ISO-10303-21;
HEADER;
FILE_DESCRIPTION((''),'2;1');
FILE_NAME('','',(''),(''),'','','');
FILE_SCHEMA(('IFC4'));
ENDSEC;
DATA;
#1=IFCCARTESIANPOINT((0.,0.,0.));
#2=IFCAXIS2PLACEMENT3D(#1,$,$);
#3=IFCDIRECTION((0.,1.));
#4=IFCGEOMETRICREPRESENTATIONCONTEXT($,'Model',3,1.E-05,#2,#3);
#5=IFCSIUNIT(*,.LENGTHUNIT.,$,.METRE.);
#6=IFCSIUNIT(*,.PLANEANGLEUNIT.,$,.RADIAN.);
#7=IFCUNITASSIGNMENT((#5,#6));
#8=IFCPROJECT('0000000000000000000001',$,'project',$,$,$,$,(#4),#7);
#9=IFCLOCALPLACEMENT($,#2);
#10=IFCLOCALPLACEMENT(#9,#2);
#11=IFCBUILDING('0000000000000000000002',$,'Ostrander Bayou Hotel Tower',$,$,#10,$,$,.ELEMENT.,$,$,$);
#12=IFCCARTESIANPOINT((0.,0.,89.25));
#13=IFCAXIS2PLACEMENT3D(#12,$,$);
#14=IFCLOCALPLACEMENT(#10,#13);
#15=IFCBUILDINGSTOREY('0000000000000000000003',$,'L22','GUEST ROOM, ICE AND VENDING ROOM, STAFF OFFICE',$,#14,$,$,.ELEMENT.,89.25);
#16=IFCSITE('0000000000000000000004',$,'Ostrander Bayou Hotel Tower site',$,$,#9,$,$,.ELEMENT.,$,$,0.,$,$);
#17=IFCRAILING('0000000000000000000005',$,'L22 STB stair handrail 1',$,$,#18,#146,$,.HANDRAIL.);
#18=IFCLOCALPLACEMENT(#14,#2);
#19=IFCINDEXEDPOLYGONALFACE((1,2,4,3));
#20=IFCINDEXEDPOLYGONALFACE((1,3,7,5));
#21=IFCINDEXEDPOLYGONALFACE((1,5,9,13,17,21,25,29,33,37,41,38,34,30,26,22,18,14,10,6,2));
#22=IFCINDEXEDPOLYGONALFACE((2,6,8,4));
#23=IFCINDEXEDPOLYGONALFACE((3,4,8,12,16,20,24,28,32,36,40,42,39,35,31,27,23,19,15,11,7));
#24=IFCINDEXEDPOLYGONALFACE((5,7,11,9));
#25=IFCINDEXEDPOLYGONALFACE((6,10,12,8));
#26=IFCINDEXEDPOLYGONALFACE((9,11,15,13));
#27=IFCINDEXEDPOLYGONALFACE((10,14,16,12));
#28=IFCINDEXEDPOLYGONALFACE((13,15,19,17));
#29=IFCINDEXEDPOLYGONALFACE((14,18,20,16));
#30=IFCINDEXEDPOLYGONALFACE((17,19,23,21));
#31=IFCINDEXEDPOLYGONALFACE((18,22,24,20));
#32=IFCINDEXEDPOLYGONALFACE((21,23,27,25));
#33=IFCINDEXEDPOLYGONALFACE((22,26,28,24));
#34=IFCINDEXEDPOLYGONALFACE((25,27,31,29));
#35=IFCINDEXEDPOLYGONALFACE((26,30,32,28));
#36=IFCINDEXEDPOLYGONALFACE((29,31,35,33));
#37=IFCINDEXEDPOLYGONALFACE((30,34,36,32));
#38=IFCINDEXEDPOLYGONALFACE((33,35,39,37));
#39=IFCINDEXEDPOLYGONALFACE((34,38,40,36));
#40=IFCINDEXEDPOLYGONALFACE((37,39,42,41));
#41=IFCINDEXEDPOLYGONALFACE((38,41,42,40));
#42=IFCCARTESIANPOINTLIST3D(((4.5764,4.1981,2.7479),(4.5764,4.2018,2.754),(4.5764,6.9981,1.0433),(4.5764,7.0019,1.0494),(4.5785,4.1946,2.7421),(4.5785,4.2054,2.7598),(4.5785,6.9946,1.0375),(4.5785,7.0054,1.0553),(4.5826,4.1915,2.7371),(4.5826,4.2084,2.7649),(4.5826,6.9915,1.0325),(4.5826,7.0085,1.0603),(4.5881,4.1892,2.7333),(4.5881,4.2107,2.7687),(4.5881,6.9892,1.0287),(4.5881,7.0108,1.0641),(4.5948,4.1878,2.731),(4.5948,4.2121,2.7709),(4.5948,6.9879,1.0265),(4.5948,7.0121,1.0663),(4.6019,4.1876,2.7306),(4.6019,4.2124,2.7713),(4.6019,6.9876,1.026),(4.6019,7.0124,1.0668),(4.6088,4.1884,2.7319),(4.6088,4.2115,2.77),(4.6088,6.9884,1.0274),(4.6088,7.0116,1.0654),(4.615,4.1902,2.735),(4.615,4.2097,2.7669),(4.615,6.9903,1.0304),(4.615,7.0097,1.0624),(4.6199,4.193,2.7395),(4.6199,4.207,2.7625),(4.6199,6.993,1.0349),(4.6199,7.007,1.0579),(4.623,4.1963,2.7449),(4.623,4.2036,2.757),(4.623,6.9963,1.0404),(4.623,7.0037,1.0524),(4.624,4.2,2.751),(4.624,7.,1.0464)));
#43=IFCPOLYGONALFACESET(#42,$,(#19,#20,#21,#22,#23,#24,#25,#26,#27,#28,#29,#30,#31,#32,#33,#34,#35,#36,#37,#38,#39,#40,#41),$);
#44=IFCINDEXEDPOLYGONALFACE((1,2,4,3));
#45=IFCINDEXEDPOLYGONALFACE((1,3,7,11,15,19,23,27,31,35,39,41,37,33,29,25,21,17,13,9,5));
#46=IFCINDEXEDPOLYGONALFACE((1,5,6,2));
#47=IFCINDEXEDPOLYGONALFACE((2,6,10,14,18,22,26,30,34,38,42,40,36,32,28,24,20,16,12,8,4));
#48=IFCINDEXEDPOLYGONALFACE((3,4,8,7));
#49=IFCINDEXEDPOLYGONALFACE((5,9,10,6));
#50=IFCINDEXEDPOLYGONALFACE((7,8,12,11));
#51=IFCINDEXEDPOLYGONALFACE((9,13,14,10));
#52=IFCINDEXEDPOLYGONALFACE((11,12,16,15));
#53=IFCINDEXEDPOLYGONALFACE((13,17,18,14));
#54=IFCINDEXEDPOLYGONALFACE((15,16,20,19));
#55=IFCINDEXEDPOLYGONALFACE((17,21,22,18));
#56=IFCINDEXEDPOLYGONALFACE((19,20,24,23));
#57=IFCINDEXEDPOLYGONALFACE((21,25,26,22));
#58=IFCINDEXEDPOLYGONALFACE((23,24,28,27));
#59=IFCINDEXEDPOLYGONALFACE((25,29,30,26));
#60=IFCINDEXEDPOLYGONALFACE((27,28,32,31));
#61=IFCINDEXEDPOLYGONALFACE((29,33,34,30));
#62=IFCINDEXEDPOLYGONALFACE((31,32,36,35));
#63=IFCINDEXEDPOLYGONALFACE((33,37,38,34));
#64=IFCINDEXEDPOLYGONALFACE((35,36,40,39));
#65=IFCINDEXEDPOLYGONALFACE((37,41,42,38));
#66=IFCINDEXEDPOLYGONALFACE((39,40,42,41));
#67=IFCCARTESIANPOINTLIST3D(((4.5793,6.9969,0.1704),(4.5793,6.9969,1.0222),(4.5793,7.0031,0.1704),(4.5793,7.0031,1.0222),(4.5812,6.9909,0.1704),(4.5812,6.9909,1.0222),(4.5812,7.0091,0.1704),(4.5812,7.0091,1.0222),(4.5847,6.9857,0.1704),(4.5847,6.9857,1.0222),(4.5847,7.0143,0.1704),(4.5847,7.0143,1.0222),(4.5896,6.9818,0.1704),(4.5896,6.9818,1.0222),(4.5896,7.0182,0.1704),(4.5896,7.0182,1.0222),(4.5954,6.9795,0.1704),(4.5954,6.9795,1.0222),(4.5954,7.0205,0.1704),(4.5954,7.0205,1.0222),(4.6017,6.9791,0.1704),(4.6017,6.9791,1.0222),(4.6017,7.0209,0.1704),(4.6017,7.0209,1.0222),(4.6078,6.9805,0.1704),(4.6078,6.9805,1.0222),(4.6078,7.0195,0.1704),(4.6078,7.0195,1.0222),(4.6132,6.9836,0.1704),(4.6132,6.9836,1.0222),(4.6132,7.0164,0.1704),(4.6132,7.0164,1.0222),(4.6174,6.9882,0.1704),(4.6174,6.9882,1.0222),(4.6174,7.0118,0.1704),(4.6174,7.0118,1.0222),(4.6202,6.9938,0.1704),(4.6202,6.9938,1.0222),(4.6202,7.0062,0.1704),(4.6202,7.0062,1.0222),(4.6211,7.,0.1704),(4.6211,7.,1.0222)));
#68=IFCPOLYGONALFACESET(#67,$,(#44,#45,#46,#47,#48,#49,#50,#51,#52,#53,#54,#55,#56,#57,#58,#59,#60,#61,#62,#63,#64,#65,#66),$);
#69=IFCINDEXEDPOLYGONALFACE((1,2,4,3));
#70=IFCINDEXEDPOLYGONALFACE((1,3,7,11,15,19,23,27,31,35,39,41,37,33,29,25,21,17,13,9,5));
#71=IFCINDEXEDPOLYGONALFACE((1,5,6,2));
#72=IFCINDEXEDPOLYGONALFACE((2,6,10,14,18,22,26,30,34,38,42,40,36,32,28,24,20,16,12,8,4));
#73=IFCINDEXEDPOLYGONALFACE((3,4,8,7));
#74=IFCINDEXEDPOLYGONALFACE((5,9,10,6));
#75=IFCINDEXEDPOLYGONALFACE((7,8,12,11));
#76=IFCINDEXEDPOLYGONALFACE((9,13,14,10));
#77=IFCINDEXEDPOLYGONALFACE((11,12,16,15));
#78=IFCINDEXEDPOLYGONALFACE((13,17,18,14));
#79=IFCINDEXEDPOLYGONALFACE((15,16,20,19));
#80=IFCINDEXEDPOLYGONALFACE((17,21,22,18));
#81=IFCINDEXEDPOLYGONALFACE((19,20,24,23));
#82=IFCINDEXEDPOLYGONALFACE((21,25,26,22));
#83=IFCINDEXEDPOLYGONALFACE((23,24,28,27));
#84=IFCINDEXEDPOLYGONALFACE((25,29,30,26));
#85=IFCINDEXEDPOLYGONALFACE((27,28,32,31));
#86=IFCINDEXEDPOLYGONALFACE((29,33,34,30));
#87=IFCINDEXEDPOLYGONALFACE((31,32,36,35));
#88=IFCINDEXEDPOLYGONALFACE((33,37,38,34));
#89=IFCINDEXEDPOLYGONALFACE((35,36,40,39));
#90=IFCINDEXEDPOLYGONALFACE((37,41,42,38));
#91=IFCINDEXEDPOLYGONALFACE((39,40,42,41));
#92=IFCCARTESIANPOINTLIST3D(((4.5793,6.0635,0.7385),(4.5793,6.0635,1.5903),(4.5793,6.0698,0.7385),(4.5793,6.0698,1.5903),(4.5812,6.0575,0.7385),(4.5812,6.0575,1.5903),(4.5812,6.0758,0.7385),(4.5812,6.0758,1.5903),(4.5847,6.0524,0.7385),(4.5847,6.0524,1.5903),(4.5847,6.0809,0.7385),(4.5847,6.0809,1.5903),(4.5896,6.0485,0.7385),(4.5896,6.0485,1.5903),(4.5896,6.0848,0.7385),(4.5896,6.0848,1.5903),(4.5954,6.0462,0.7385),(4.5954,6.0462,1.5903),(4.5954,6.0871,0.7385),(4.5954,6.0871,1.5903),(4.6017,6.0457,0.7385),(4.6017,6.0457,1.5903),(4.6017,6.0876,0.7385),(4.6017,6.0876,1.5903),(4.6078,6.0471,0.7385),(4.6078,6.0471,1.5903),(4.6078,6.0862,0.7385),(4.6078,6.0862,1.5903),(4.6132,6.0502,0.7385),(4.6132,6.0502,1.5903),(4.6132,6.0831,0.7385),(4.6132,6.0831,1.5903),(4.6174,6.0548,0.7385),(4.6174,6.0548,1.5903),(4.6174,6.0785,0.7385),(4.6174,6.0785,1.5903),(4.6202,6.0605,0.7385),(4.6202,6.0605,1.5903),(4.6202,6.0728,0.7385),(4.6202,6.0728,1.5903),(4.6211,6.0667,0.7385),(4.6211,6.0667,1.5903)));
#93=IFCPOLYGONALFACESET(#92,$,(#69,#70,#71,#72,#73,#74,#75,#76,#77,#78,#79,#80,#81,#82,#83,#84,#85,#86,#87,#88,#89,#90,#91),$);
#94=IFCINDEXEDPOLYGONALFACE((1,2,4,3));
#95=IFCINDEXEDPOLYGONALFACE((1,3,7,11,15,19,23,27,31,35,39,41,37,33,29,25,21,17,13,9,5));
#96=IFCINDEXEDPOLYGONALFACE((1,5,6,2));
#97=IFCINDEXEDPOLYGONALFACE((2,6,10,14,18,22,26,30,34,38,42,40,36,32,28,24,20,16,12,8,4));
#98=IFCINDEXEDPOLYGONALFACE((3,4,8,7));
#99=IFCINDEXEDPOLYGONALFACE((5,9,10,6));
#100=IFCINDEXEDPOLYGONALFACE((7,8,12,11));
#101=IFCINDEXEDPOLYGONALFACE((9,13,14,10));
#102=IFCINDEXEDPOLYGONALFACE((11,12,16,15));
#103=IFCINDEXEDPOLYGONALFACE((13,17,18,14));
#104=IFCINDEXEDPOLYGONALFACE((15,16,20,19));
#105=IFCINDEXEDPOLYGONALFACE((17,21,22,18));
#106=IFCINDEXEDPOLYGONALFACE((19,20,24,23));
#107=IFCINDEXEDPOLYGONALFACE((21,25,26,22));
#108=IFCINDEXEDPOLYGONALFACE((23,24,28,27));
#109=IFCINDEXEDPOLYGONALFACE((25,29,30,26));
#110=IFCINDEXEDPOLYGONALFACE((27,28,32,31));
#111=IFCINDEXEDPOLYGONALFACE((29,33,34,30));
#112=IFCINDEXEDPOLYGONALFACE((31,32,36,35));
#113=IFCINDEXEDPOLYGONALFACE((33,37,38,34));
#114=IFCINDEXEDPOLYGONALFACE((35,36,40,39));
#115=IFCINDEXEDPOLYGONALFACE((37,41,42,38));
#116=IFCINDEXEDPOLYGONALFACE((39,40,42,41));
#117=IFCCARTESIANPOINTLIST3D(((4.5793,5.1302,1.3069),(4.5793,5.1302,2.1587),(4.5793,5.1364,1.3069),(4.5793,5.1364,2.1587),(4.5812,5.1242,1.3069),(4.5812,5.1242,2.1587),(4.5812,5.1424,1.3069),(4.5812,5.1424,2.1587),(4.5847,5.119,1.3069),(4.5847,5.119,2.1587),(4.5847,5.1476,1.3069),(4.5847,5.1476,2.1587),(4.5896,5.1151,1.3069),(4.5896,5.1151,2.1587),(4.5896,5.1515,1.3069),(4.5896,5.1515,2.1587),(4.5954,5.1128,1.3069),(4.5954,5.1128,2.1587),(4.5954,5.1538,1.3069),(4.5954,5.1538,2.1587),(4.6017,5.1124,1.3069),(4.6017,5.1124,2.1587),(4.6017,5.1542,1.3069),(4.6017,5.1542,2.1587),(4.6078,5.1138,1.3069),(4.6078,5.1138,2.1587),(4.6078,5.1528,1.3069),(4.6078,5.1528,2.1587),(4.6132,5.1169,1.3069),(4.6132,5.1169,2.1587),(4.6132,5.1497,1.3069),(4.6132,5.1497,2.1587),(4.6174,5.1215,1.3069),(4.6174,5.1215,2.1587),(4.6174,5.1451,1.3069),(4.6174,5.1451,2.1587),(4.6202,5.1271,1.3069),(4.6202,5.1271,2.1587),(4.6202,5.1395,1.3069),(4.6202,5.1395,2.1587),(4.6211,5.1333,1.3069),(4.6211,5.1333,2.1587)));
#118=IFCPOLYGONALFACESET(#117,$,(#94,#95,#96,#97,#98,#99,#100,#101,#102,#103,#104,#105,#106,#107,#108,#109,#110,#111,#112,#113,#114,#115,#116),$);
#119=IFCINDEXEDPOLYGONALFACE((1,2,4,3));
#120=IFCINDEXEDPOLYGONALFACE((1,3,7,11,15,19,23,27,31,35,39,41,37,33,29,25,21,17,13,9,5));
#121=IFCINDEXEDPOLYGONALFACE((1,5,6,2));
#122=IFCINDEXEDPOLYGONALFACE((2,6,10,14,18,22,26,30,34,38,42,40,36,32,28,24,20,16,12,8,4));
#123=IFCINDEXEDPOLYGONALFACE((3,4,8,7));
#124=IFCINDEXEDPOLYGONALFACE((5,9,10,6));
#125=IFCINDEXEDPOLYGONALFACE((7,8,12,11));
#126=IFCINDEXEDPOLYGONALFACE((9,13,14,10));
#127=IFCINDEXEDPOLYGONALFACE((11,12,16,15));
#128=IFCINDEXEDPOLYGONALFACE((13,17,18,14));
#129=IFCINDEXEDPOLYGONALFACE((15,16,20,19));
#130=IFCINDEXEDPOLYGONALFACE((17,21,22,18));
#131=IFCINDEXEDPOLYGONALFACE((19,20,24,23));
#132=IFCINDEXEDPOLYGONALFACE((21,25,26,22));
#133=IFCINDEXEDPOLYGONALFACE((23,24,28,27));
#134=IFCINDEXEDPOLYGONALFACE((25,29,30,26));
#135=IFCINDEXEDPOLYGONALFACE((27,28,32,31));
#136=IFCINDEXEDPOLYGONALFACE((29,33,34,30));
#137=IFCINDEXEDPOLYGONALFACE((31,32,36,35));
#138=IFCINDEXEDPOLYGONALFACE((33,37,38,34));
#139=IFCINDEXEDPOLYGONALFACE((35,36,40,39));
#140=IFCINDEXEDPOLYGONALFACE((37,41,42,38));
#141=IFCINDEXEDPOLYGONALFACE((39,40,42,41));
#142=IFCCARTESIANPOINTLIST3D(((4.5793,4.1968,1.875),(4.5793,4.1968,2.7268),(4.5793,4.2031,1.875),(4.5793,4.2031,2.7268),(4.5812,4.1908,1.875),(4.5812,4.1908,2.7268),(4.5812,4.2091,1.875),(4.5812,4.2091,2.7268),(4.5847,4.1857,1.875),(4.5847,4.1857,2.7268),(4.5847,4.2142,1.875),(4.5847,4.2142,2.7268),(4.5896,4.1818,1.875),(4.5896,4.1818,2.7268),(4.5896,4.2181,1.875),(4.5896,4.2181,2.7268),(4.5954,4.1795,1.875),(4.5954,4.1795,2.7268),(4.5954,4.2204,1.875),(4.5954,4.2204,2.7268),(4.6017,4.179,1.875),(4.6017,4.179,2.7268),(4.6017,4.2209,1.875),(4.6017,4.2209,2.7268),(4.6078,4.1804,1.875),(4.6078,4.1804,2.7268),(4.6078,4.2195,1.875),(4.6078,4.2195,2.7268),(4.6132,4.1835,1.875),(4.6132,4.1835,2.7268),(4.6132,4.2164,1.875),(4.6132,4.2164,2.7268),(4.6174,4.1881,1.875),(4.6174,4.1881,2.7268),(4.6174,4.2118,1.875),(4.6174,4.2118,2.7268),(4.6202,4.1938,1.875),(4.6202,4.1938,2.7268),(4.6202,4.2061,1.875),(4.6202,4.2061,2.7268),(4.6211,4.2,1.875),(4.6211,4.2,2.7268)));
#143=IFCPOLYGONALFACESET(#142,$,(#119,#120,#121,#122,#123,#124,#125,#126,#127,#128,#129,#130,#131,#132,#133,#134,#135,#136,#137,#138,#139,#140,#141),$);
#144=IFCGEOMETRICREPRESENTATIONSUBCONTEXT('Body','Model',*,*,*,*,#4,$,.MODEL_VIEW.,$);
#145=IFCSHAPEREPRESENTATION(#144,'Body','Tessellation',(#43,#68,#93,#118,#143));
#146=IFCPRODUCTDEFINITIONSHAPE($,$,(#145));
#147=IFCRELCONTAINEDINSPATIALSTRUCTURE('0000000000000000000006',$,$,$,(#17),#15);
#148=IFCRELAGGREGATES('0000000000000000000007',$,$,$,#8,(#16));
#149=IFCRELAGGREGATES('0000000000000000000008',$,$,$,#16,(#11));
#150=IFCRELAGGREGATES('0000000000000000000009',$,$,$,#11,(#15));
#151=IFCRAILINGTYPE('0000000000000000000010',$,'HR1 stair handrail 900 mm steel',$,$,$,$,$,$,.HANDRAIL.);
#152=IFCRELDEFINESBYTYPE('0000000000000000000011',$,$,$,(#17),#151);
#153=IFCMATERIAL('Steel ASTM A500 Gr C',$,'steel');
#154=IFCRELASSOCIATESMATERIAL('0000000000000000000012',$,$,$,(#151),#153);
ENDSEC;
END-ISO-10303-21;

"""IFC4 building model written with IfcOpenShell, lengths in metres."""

from ifc_helpers import new_model, si_unit, direction, frame, origin, origin_2d, place, context, subcontext, project, spatial, circle, extrude, material, type_object, element, save


model = new_model("IFC4")

# Units and contexts
model_context = context("Model", 3, precision=1e-05, world=origin(), true_north=direction((0.0, 1.0)))
body_context = subcontext(model_context, "Body", "Model", "MODEL_VIEW")
ifc_project = project(units=[si_unit("LENGTHUNIT", "METRE"), si_unit("PLANEANGLEUNIT", "RADIAN")], contexts=[model_context])

# Site, building, storey
site_placement = place(None, origin())
site = spatial("IfcSite", under=ifc_project, at=site_placement, Name="Ostrander Bayou Hotel Tower site", CompositionType="ELEMENT", RefElevation=0.0)
building_placement = place(site_placement, origin())
building = spatial("IfcBuilding", under=site, at=building_placement, Name="Ostrander Bayou Hotel Tower", CompositionType="ELEMENT")
storey_placement = place(building_placement, frame((0.0, 0.0, 89.25)))
storey = spatial("IfcBuildingStorey", under=building, at=storey_placement, Name="L22", Description="GUEST ROOM, ICE AND VENDING ROOM, STAFF OFFICE", CompositionType="ELEMENT", Elevation=89.25)

# Railing
ifc_material_1 = material(Name="Steel ASTM A500 Gr C", Category="steel")
railing_type_1 = type_object("IfcRailingType", Name="HR1 stair handrail 900 mm steel", PredefinedType="HANDRAIL", material=ifc_material_1)
railing_1_placement = place(storey_placement, frame((4.6001, 7.0, 0.1704)))
element("IfcRailing", 1, at=railing_1_placement, inside=storey, type_object=railing_type_1, Name="L22 STB stair handrail 1", PredefinedType="HANDRAIL", context=body_context, shape_type="SweptSolid", body=[
    extrude(circle(Radius=0.0239, at=origin_2d()), frame((0.0, 0.0, 0.876), z_axis=(0.0, -0.85417, 0.519994), x_axis=(1.0, 0.0, 0.0)), (0.0, 0.0, 1.0), 3.2781),
    extrude(circle(Radius=0.021, at=origin_2d()), origin(), (0.0, 0.0, 1.0), 0.8518),
    extrude(circle(Radius=0.021, at=origin_2d()), frame((0.0, -0.9333, 0.5681)), (0.0, 0.0, 1.0), 0.8518),
    extrude(circle(Radius=0.021, at=origin_2d()), frame((0.0, -1.8667, 1.1365)), (0.0, 0.0, 1.0), 0.8518),
    extrude(circle(Radius=0.021, at=origin_2d()), frame((0.0, -2.8, 1.7046)), (0.0, 0.0, 1.0), 0.8518),
])

save(model, "model.ifc")
